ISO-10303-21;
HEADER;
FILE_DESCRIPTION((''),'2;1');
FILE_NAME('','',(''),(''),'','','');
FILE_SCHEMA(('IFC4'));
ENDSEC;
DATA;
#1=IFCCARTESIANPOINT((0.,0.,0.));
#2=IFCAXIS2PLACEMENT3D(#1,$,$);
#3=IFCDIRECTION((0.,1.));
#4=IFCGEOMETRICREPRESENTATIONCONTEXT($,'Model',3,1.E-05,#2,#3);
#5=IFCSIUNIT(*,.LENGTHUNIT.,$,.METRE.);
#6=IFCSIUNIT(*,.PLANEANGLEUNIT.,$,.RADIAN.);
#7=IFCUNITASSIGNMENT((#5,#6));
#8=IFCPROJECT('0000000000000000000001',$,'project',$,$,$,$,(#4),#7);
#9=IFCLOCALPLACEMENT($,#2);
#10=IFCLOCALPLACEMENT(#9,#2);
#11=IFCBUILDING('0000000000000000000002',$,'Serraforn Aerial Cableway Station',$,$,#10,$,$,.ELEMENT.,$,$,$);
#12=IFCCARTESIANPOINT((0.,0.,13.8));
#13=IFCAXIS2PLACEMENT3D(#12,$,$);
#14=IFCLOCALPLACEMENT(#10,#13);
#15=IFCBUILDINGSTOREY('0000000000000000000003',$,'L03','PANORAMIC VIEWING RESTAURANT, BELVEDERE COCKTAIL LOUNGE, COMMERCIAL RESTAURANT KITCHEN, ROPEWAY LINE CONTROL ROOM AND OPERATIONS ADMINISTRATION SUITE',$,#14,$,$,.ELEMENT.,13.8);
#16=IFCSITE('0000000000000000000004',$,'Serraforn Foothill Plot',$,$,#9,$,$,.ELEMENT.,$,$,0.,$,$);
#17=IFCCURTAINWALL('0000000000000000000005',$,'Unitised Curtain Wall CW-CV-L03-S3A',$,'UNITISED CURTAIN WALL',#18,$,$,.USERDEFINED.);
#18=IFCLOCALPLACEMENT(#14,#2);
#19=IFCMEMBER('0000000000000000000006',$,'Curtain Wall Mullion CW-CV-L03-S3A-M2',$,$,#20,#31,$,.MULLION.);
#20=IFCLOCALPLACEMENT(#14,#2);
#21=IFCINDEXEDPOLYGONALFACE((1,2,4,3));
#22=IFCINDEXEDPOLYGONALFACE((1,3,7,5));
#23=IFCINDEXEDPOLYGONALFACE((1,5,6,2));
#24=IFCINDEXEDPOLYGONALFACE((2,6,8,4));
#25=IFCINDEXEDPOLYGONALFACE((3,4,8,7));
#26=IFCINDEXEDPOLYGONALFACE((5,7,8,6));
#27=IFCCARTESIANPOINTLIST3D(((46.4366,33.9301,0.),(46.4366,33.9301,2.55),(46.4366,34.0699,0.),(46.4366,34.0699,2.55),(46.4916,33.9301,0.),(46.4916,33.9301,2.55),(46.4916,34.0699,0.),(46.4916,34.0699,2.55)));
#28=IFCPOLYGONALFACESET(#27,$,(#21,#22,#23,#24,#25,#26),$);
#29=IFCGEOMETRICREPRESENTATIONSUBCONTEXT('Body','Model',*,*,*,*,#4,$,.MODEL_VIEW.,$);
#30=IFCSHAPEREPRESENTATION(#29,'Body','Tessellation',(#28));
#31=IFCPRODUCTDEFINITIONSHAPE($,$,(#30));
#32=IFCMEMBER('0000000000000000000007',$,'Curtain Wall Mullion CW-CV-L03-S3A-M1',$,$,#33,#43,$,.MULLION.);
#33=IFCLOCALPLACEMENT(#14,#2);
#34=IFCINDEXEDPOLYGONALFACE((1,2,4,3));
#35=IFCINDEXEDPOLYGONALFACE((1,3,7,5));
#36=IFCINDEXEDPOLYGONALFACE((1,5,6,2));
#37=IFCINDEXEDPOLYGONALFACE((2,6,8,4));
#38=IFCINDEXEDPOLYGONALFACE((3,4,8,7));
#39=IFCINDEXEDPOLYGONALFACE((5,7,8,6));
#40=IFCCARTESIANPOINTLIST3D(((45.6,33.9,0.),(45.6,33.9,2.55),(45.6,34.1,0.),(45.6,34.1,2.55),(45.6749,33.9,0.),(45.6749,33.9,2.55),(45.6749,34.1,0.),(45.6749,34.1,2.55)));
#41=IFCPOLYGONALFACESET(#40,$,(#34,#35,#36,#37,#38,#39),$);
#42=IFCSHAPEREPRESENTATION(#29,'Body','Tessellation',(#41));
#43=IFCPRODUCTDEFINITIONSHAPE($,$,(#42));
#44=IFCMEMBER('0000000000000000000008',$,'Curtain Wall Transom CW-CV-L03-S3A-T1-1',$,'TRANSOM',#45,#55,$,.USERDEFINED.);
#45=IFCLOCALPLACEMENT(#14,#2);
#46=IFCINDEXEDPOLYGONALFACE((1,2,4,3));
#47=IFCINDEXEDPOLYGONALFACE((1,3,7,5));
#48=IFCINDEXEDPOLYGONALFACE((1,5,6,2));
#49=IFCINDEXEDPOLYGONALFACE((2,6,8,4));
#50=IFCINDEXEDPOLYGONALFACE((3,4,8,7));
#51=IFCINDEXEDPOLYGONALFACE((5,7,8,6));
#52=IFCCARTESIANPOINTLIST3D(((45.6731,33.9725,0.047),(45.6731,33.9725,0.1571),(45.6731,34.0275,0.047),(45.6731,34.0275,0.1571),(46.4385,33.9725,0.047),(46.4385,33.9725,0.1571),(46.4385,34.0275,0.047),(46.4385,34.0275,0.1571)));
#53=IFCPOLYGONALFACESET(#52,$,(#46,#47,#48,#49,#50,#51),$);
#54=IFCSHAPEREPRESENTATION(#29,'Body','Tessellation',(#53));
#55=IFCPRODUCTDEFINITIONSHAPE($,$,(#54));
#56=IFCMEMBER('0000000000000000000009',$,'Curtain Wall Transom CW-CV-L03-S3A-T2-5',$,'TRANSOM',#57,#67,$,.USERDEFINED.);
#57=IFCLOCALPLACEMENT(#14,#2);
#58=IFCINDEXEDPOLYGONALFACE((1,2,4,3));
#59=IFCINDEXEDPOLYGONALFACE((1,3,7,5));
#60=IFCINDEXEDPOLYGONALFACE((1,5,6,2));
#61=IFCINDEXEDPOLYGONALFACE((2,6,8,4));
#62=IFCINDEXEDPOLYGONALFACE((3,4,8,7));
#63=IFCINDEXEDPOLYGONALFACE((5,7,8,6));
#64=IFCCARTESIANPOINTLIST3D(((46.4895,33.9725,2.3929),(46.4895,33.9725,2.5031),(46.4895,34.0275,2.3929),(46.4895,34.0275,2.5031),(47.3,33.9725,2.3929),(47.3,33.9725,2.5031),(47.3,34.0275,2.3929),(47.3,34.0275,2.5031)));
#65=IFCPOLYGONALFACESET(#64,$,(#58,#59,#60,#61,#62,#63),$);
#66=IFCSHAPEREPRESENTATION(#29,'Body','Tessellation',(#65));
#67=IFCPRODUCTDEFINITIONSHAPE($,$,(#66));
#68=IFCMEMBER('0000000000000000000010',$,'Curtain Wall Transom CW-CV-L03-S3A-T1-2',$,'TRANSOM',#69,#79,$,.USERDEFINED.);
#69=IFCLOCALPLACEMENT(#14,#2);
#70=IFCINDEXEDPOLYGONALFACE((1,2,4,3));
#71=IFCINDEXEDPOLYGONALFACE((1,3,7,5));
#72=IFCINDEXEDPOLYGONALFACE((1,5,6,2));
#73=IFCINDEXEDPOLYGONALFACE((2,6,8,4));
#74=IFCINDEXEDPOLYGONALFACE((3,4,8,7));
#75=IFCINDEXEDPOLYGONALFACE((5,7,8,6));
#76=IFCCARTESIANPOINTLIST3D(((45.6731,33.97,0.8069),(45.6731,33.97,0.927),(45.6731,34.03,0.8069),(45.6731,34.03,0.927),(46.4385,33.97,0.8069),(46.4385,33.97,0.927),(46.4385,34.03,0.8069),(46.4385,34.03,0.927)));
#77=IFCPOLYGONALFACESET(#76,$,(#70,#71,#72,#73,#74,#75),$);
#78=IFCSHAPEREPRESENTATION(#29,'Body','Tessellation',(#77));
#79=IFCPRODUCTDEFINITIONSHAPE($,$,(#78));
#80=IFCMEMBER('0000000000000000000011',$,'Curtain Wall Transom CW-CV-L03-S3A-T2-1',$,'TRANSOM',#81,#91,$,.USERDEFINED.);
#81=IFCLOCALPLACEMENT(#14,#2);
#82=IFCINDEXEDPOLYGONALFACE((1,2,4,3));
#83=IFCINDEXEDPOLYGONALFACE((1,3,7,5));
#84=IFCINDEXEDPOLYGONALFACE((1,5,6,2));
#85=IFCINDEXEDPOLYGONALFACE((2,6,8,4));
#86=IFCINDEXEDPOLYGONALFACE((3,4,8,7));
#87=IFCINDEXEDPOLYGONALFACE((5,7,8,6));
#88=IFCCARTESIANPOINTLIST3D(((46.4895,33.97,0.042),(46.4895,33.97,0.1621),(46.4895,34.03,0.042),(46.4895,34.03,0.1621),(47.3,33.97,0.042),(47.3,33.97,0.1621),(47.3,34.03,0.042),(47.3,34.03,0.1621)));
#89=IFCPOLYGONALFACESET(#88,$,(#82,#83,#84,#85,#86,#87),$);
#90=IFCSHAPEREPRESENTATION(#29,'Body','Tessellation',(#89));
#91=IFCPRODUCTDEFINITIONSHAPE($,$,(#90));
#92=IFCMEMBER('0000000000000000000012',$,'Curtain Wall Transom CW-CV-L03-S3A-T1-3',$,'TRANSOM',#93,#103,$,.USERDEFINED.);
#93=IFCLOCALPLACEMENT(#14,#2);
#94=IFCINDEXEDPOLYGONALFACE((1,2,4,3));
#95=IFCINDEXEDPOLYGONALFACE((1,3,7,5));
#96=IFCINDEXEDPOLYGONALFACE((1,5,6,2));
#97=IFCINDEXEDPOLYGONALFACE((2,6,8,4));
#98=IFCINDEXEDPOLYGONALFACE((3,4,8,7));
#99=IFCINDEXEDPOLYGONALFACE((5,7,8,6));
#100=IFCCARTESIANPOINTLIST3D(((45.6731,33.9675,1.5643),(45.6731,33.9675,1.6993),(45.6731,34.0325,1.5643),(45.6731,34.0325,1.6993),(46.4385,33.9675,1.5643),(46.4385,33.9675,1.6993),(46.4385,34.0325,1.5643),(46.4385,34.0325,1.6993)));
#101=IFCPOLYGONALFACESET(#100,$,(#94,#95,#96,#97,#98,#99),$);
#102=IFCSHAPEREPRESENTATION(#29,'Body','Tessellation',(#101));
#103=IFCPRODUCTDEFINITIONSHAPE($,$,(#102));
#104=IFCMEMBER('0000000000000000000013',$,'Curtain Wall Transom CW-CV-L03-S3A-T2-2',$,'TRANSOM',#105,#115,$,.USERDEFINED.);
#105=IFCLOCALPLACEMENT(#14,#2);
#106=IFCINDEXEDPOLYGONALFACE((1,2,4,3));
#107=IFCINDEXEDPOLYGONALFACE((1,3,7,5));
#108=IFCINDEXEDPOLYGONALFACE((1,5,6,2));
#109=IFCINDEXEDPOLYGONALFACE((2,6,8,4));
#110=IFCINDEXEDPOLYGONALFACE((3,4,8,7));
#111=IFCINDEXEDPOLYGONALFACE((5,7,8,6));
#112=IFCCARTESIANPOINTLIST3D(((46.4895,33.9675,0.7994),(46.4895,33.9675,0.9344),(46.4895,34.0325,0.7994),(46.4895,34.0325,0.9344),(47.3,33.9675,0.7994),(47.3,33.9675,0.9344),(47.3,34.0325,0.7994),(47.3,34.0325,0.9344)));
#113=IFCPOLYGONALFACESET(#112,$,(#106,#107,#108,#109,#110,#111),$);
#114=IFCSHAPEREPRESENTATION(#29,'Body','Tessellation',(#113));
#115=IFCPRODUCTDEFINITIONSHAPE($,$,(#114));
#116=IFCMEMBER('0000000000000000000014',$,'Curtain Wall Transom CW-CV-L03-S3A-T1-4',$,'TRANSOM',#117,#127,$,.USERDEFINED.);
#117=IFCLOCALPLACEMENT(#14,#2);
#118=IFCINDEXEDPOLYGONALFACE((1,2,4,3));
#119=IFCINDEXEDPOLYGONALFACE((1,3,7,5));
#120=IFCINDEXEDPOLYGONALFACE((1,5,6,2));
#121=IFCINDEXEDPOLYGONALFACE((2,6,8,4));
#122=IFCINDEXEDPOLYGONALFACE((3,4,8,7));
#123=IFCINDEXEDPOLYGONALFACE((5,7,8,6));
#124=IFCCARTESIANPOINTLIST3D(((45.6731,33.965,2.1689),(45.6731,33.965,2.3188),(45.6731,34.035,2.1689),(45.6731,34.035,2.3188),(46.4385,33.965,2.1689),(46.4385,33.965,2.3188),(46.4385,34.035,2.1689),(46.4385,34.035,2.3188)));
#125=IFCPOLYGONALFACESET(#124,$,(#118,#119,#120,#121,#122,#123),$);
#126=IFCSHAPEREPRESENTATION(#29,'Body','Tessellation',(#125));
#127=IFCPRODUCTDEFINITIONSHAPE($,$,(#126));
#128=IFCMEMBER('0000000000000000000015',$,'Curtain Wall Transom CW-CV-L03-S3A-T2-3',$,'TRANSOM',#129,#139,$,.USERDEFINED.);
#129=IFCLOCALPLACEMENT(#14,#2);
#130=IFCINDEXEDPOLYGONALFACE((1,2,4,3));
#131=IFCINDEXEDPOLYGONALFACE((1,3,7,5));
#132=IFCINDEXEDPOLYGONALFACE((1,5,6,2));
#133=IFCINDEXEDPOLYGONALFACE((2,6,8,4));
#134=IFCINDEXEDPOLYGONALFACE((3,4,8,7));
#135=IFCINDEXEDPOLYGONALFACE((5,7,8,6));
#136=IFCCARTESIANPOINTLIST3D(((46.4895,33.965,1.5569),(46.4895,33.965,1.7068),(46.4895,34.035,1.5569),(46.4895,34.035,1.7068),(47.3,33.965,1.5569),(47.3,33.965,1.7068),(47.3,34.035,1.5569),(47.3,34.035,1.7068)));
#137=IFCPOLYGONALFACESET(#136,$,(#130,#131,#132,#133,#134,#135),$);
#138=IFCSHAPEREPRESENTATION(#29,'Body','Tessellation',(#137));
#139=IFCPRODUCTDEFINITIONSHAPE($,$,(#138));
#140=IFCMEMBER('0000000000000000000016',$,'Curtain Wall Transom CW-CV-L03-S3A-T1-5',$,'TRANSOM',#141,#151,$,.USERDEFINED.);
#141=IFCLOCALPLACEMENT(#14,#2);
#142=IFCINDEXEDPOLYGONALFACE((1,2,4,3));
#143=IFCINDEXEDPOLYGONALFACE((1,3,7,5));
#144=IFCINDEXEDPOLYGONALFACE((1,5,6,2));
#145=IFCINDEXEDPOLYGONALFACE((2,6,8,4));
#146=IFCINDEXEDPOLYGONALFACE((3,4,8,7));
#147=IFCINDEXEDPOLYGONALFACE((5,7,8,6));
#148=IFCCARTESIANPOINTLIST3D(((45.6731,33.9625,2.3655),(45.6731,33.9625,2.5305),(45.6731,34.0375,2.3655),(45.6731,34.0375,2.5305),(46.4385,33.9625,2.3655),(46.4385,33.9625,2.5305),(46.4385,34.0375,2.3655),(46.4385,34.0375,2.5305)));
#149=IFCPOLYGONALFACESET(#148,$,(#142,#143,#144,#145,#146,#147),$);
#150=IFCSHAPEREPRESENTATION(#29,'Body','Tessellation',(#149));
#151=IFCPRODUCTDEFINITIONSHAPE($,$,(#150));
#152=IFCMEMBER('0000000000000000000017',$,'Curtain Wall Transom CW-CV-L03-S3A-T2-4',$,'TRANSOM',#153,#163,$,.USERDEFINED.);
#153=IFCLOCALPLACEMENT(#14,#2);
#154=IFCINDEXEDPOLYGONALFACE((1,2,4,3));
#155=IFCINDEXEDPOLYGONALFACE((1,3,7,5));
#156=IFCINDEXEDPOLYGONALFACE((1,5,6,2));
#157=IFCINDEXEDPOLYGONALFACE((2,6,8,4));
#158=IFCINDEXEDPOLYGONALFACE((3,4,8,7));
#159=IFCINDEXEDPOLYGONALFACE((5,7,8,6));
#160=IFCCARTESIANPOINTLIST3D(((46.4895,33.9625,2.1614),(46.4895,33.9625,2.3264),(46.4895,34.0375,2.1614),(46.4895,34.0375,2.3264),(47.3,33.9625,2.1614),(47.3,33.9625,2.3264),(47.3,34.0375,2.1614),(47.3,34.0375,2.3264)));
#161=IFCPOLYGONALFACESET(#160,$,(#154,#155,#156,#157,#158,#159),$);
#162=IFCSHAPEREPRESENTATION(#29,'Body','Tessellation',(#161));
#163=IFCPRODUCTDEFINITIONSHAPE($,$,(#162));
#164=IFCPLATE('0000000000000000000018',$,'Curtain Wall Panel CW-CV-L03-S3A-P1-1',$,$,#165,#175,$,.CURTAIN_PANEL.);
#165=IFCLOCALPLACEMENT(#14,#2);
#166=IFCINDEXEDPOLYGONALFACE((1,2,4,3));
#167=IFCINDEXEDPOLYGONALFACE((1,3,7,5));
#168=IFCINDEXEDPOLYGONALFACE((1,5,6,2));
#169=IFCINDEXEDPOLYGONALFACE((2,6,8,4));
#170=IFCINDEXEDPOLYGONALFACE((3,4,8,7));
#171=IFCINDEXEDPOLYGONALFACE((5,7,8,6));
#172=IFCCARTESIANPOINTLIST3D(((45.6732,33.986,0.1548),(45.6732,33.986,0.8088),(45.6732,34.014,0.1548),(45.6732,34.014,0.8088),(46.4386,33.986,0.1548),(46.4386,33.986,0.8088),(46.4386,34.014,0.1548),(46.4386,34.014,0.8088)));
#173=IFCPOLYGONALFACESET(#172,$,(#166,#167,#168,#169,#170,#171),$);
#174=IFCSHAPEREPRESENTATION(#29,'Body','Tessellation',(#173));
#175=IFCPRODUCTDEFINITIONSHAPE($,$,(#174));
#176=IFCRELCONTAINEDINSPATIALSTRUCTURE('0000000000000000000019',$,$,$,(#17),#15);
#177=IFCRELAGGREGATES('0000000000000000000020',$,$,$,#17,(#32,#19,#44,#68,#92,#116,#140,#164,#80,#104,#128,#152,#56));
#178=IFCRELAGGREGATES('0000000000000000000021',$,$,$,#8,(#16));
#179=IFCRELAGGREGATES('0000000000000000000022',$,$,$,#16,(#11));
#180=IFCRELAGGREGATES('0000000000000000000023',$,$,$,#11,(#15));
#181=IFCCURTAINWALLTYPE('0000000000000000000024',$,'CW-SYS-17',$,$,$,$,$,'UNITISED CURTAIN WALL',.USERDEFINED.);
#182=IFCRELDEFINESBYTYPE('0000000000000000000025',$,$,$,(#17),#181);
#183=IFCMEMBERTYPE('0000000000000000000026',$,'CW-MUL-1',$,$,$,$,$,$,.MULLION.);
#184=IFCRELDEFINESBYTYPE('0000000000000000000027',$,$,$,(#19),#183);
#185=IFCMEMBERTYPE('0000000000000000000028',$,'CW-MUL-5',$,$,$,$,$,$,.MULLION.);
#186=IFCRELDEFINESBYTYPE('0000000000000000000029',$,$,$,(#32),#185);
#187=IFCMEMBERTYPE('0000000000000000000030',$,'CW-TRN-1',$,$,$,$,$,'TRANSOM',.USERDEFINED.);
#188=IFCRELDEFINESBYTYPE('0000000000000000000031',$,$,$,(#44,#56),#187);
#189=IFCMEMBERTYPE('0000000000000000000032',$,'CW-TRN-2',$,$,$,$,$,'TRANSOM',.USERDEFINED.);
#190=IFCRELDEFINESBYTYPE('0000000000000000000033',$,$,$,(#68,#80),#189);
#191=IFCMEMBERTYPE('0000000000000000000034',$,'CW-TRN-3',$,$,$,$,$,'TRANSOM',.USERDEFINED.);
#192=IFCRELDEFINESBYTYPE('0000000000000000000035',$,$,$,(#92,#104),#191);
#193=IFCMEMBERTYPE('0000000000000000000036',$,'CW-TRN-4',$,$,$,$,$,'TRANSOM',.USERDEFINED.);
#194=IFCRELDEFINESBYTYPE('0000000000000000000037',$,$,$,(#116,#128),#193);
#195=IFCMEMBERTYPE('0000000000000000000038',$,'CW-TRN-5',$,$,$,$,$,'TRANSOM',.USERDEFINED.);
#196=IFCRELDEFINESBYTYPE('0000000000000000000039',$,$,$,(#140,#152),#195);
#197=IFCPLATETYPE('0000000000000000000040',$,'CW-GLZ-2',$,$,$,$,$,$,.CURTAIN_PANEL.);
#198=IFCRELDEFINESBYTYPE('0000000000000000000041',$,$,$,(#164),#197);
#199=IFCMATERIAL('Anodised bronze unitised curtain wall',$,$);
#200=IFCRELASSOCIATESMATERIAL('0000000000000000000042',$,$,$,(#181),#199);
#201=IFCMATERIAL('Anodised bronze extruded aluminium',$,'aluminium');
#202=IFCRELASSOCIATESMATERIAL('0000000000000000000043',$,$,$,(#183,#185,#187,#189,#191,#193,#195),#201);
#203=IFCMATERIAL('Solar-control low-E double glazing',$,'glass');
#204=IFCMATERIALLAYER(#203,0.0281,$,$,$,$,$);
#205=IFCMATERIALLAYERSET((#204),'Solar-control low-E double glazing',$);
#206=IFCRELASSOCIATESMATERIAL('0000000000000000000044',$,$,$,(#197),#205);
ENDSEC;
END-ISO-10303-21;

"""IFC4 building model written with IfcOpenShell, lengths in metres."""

from ifc_helpers import new_model, si_unit, direction, frame, origin, origin_2d, place, context, subcontext, project, spatial, rectangle, extrude, material, layer, layer_set, material_profile, profile_set, type_object, element, aggregate, save


model = new_model("IFC4")

# Units and contexts
model_context = context("Model", 3, precision=1e-05, world=origin(), true_north=direction((0.0, 1.0)))
body_context = subcontext(model_context, "Body", "Model", "MODEL_VIEW")
ifc_project = project(units=[si_unit("LENGTHUNIT", "METRE"), si_unit("PLANEANGLEUNIT", "RADIAN")], contexts=[model_context])

# Site, building, storey
site_placement = place(None, origin())
site = spatial("IfcSite", under=ifc_project, at=site_placement, Name="Serraforn Foothill Plot", CompositionType="ELEMENT", RefElevation=0.0)
building_placement = place(site_placement, origin())
building = spatial("IfcBuilding", under=site, at=building_placement, Name="Serraforn Aerial Cableway Station", CompositionType="ELEMENT")
storey_placement = place(building_placement, frame((0.0, 0.0, 13.8)))
storey = spatial("IfcBuildingStorey", under=building, at=storey_placement, Name="L03", Description="PANORAMIC VIEWING RESTAURANT, BELVEDERE COCKTAIL LOUNGE, COMMERCIAL RESTAURANT KITCHEN, ROPEWAY LINE CONTROL ROOM AND OPERATIONS ADMINISTRATION SUITE", CompositionType="ELEMENT", Elevation=13.8)

# Curtain wall, members, plate
ifc_material_1 = material(Name="Anodised bronze unitised curtain wall")
curtain_wall_type = type_object("IfcCurtainWallType", Name="CW-SYS-17", ElementType="UNITISED CURTAIN WALL", PredefinedType="USERDEFINED", material=ifc_material_1)
curtain_wall_placement = place(storey_placement, origin())
curtain_wall = element("IfcCurtainWall", 1, at=curtain_wall_placement, inside=storey, type_object=curtain_wall_type, Name="Unitised Curtain Wall CW-CV-L03-S3A", ObjectType="UNITISED CURTAIN WALL", PredefinedType="USERDEFINED")
ifc_material_2 = material(Name="Anodised bronze extruded aluminium", Category="aluminium")
ifc_material_profile_1 = material_profile(ifc_material_2, rectangle(XDim=0.0549, YDim=0.1399, at=origin_2d()), Name="CW MULLION 55x140")
ifc_profile_set_1 = profile_set([ifc_material_profile_1], Name="Anodised bronze extruded aluminium")
member_type_1 = type_object("IfcMemberType", Name="CW-MUL-1", PredefinedType="MULLION", material=ifc_profile_set_1)
member_1_placement = place(storey_placement, frame((46.4641, 34.0, 0.0), z_axis=(0.0, 0.0, 1.0), x_axis=(1.0, 0.0, 0.0)))
member_1 = element("IfcMember", 2, at=member_1_placement, type_object=member_type_1, Name="Curtain Wall Mullion CW-CV-L03-S3A-M2", PredefinedType="MULLION", context=body_context, shape_type="SweptSolid", body=[
    extrude(rectangle(XDim=0.0549, YDim=0.1399, at=origin_2d()), origin(), (0.0, 0.0, 1.0), 2.55),
])
ifc_material_profile_2 = material_profile(ifc_material_2, rectangle(XDim=0.075, YDim=0.2, at=origin_2d()), Name="CW MULLION 75x200")
ifc_profile_set_2 = profile_set([ifc_material_profile_2], Name="Anodised bronze extruded aluminium")
member_type_2 = type_object("IfcMemberType", Name="CW-MUL-5", PredefinedType="MULLION", material=ifc_profile_set_2)
member_2_placement = place(storey_placement, frame((45.6375, 34.0, 0.0), z_axis=(0.0, 0.0, 1.0), x_axis=(1.0, 0.0, 0.0)))
member_2 = element("IfcMember", 3, at=member_2_placement, type_object=member_type_2, Name="Curtain Wall Mullion CW-CV-L03-S3A-M1", PredefinedType="MULLION", context=body_context, shape_type="SweptSolid", body=[
    extrude(rectangle(XDim=0.075, YDim=0.2, at=origin_2d()), origin(), (0.0, 0.0, 1.0), 2.55),
])
ifc_material_profile_3 = material_profile(ifc_material_2, rectangle(XDim=0.0549, YDim=0.1101, at=origin_2d()), Name="CW TRANSOM 55x110")
ifc_profile_set_3 = profile_set([ifc_material_profile_3], Name="Anodised bronze extruded aluminium")
member_type_3 = type_object("IfcMemberType", Name="CW-TRN-1", ElementType="TRANSOM", PredefinedType="USERDEFINED", material=ifc_profile_set_3)
member_3_placement = place(storey_placement, frame((45.6731, 34.0, 0.1021), z_axis=(1.0, 0.0, 0.0), x_axis=(0.0, 1.0, 0.0)))
member_3 = element("IfcMember", 4, at=member_3_placement, type_object=member_type_3, Name="Curtain Wall Transom CW-CV-L03-S3A-T1-1", ObjectType="TRANSOM", PredefinedType="USERDEFINED", context=body_context, shape_type="SweptSolid", body=[
    extrude(rectangle(XDim=0.0549, YDim=0.1101, at=origin_2d()), origin(), (0.0, 0.0, 1.0), 0.7654),
])
member_4_placement = place(storey_placement, frame((46.4895, 34.0, 2.448), z_axis=(1.0, 0.0, 0.0), x_axis=(0.0, 1.0, 0.0)))
member_4 = element("IfcMember", 5, at=member_4_placement, type_object=member_type_3, Name="Curtain Wall Transom CW-CV-L03-S3A-T2-5", ObjectType="TRANSOM", PredefinedType="USERDEFINED", context=body_context, shape_type="SweptSolid", body=[
    extrude(rectangle(XDim=0.0549, YDim=0.1101, at=origin_2d()), origin(), (0.0, 0.0, 1.0), 0.8105),
])
ifc_material_profile_4 = material_profile(ifc_material_2, rectangle(XDim=0.0601, YDim=0.1201, at=origin_2d()), Name="CW TRANSOM 60x120")
ifc_profile_set_4 = profile_set([ifc_material_profile_4], Name="Anodised bronze extruded aluminium")
member_type_4 = type_object("IfcMemberType", Name="CW-TRN-2", ElementType="TRANSOM", PredefinedType="USERDEFINED", material=ifc_profile_set_4)
member_5_placement = place(storey_placement, frame((45.6731, 34.0, 0.8669), z_axis=(1.0, 0.0, 0.0), x_axis=(0.0, 1.0, 0.0)))
member_5 = element("IfcMember", 6, at=member_5_placement, type_object=member_type_4, Name="Curtain Wall Transom CW-CV-L03-S3A-T1-2", ObjectType="TRANSOM", PredefinedType="USERDEFINED", context=body_context, shape_type="SweptSolid", body=[
    extrude(rectangle(XDim=0.0601, YDim=0.1201, at=origin_2d()), origin(), (0.0, 0.0, 1.0), 0.7654),
])
member_6_placement = place(storey_placement, frame((46.4895, 34.0, 0.1021), z_axis=(1.0, 0.0, 0.0), x_axis=(0.0, 1.0, 0.0)))
member_6 = element("IfcMember", 7, at=member_6_placement, type_object=member_type_4, Name="Curtain Wall Transom CW-CV-L03-S3A-T2-1", ObjectType="TRANSOM", PredefinedType="USERDEFINED", context=body_context, shape_type="SweptSolid", body=[
    extrude(rectangle(XDim=0.0601, YDim=0.1201, at=origin_2d()), origin(), (0.0, 0.0, 1.0), 0.8105),
])
ifc_material_profile_5 = material_profile(ifc_material_2, rectangle(XDim=0.0649, YDim=0.135, at=origin_2d()), Name="CW TRANSOM 65x135")
ifc_profile_set_5 = profile_set([ifc_material_profile_5], Name="Anodised bronze extruded aluminium")
member_type_5 = type_object("IfcMemberType", Name="CW-TRN-3", ElementType="TRANSOM", PredefinedType="USERDEFINED", material=ifc_profile_set_5)
member_7_placement = place(storey_placement, frame((45.6731, 34.0, 1.6318), z_axis=(1.0, 0.0, 0.0), x_axis=(0.0, 1.0, 0.0)))
member_7 = element("IfcMember", 8, at=member_7_placement, type_object=member_type_5, Name="Curtain Wall Transom CW-CV-L03-S3A-T1-3", ObjectType="TRANSOM", PredefinedType="USERDEFINED", context=body_context, shape_type="SweptSolid", body=[
    extrude(rectangle(XDim=0.0649, YDim=0.135, at=origin_2d()), origin(), (0.0, 0.0, 1.0), 0.7654),
])
member_8_placement = place(storey_placement, frame((46.4895, 34.0, 0.8669), z_axis=(1.0, 0.0, 0.0), x_axis=(0.0, 1.0, 0.0)))
member_8 = element("IfcMember", 9, at=member_8_placement, type_object=member_type_5, Name="Curtain Wall Transom CW-CV-L03-S3A-T2-2", ObjectType="TRANSOM", PredefinedType="USERDEFINED", context=body_context, shape_type="SweptSolid", body=[
    extrude(rectangle(XDim=0.0649, YDim=0.135, at=origin_2d()), origin(), (0.0, 0.0, 1.0), 0.8105),
])
ifc_material_profile_6 = material_profile(ifc_material_2, rectangle(XDim=0.0701, YDim=0.1499, at=origin_2d()), Name="CW TRANSOM 70x150")
ifc_profile_set_6 = profile_set([ifc_material_profile_6], Name="Anodised bronze extruded aluminium")
member_type_6 = type_object("IfcMemberType", Name="CW-TRN-4", ElementType="TRANSOM", PredefinedType="USERDEFINED", material=ifc_profile_set_6)
member_9_placement = place(storey_placement, frame((45.6731, 34.0, 2.2439), z_axis=(1.0, 0.0, 0.0), x_axis=(0.0, 1.0, 0.0)))
member_9 = element("IfcMember", 10, at=member_9_placement, type_object=member_type_6, Name="Curtain Wall Transom CW-CV-L03-S3A-T1-4", ObjectType="TRANSOM", PredefinedType="USERDEFINED", context=body_context, shape_type="SweptSolid", body=[
    extrude(rectangle(XDim=0.0701, YDim=0.1499, at=origin_2d()), origin(), (0.0, 0.0, 1.0), 0.7654),
])
member_10_placement = place(storey_placement, frame((46.4895, 34.0, 1.6318), z_axis=(1.0, 0.0, 0.0), x_axis=(0.0, 1.0, 0.0)))
member_10 = element("IfcMember", 11, at=member_10_placement, type_object=member_type_6, Name="Curtain Wall Transom CW-CV-L03-S3A-T2-3", ObjectType="TRANSOM", PredefinedType="USERDEFINED", context=body_context, shape_type="SweptSolid", body=[
    extrude(rectangle(XDim=0.0701, YDim=0.1499, at=origin_2d()), origin(), (0.0, 0.0, 1.0), 0.8105),
])
ifc_material_profile_7 = material_profile(ifc_material_2, rectangle(XDim=0.075, YDim=0.165, at=origin_2d()), Name="CW TRANSOM 75x165")
ifc_profile_set_7 = profile_set([ifc_material_profile_7], Name="Anodised bronze extruded aluminium")
member_type_7 = type_object("IfcMemberType", Name="CW-TRN-5", ElementType="TRANSOM", PredefinedType="USERDEFINED", material=ifc_profile_set_7)
member_11_placement = place(storey_placement, frame((45.6731, 34.0, 2.448), z_axis=(1.0, 0.0, 0.0), x_axis=(0.0, 1.0, 0.0)))
member_11 = element("IfcMember", 12, at=member_11_placement, type_object=member_type_7, Name="Curtain Wall Transom CW-CV-L03-S3A-T1-5", ObjectType="TRANSOM", PredefinedType="USERDEFINED", context=body_context, shape_type="SweptSolid", body=[
    extrude(rectangle(XDim=0.075, YDim=0.165, at=origin_2d()), origin(), (0.0, 0.0, 1.0), 0.7654),
])
member_12_placement = place(storey_placement, frame((46.4895, 34.0, 2.2439), z_axis=(1.0, 0.0, 0.0), x_axis=(0.0, 1.0, 0.0)))
member_12 = element("IfcMember", 13, at=member_12_placement, type_object=member_type_7, Name="Curtain Wall Transom CW-CV-L03-S3A-T2-4", ObjectType="TRANSOM", PredefinedType="USERDEFINED", context=body_context, shape_type="SweptSolid", body=[
    extrude(rectangle(XDim=0.075, YDim=0.165, at=origin_2d()), origin(), (0.0, 0.0, 1.0), 0.8105),
])
ifc_material_3 = material(Name="Solar-control low-E double glazing", Category="glass")
ifc_layer_1 = layer(ifc_material_3, 0.0281)
ifc_layer_set_1 = layer_set([ifc_layer_1], Name="Solar-control low-E double glazing")
plate_type_1 = type_object("IfcPlateType", Name="CW-GLZ-2", PredefinedType="CURTAIN_PANEL", material=ifc_layer_set_1)
plate_1_placement = place(storey_placement, frame((46.0559, 34.0, 0.1548), z_axis=(0.0, 0.0, 1.0), x_axis=(1.0, 0.0, 0.0)))
plate_1 = element("IfcPlate", 14, at=plate_1_placement, type_object=plate_type_1, Name="Curtain Wall Panel CW-CV-L03-S3A-P1-1", PredefinedType="CURTAIN_PANEL", context=body_context, shape_type="SweptSolid", body=[
    extrude(rectangle(XDim=0.7654, YDim=0.0281, at=origin_2d()), origin(), (0.0, 0.0, 1.0), 0.6541),
])
aggregate(curtain_wall, [member_2, member_1, member_3, member_5, member_7, member_9, member_11, plate_1, member_6, member_8, member_10, member_12, member_4])

save(model, "model.ifc")
